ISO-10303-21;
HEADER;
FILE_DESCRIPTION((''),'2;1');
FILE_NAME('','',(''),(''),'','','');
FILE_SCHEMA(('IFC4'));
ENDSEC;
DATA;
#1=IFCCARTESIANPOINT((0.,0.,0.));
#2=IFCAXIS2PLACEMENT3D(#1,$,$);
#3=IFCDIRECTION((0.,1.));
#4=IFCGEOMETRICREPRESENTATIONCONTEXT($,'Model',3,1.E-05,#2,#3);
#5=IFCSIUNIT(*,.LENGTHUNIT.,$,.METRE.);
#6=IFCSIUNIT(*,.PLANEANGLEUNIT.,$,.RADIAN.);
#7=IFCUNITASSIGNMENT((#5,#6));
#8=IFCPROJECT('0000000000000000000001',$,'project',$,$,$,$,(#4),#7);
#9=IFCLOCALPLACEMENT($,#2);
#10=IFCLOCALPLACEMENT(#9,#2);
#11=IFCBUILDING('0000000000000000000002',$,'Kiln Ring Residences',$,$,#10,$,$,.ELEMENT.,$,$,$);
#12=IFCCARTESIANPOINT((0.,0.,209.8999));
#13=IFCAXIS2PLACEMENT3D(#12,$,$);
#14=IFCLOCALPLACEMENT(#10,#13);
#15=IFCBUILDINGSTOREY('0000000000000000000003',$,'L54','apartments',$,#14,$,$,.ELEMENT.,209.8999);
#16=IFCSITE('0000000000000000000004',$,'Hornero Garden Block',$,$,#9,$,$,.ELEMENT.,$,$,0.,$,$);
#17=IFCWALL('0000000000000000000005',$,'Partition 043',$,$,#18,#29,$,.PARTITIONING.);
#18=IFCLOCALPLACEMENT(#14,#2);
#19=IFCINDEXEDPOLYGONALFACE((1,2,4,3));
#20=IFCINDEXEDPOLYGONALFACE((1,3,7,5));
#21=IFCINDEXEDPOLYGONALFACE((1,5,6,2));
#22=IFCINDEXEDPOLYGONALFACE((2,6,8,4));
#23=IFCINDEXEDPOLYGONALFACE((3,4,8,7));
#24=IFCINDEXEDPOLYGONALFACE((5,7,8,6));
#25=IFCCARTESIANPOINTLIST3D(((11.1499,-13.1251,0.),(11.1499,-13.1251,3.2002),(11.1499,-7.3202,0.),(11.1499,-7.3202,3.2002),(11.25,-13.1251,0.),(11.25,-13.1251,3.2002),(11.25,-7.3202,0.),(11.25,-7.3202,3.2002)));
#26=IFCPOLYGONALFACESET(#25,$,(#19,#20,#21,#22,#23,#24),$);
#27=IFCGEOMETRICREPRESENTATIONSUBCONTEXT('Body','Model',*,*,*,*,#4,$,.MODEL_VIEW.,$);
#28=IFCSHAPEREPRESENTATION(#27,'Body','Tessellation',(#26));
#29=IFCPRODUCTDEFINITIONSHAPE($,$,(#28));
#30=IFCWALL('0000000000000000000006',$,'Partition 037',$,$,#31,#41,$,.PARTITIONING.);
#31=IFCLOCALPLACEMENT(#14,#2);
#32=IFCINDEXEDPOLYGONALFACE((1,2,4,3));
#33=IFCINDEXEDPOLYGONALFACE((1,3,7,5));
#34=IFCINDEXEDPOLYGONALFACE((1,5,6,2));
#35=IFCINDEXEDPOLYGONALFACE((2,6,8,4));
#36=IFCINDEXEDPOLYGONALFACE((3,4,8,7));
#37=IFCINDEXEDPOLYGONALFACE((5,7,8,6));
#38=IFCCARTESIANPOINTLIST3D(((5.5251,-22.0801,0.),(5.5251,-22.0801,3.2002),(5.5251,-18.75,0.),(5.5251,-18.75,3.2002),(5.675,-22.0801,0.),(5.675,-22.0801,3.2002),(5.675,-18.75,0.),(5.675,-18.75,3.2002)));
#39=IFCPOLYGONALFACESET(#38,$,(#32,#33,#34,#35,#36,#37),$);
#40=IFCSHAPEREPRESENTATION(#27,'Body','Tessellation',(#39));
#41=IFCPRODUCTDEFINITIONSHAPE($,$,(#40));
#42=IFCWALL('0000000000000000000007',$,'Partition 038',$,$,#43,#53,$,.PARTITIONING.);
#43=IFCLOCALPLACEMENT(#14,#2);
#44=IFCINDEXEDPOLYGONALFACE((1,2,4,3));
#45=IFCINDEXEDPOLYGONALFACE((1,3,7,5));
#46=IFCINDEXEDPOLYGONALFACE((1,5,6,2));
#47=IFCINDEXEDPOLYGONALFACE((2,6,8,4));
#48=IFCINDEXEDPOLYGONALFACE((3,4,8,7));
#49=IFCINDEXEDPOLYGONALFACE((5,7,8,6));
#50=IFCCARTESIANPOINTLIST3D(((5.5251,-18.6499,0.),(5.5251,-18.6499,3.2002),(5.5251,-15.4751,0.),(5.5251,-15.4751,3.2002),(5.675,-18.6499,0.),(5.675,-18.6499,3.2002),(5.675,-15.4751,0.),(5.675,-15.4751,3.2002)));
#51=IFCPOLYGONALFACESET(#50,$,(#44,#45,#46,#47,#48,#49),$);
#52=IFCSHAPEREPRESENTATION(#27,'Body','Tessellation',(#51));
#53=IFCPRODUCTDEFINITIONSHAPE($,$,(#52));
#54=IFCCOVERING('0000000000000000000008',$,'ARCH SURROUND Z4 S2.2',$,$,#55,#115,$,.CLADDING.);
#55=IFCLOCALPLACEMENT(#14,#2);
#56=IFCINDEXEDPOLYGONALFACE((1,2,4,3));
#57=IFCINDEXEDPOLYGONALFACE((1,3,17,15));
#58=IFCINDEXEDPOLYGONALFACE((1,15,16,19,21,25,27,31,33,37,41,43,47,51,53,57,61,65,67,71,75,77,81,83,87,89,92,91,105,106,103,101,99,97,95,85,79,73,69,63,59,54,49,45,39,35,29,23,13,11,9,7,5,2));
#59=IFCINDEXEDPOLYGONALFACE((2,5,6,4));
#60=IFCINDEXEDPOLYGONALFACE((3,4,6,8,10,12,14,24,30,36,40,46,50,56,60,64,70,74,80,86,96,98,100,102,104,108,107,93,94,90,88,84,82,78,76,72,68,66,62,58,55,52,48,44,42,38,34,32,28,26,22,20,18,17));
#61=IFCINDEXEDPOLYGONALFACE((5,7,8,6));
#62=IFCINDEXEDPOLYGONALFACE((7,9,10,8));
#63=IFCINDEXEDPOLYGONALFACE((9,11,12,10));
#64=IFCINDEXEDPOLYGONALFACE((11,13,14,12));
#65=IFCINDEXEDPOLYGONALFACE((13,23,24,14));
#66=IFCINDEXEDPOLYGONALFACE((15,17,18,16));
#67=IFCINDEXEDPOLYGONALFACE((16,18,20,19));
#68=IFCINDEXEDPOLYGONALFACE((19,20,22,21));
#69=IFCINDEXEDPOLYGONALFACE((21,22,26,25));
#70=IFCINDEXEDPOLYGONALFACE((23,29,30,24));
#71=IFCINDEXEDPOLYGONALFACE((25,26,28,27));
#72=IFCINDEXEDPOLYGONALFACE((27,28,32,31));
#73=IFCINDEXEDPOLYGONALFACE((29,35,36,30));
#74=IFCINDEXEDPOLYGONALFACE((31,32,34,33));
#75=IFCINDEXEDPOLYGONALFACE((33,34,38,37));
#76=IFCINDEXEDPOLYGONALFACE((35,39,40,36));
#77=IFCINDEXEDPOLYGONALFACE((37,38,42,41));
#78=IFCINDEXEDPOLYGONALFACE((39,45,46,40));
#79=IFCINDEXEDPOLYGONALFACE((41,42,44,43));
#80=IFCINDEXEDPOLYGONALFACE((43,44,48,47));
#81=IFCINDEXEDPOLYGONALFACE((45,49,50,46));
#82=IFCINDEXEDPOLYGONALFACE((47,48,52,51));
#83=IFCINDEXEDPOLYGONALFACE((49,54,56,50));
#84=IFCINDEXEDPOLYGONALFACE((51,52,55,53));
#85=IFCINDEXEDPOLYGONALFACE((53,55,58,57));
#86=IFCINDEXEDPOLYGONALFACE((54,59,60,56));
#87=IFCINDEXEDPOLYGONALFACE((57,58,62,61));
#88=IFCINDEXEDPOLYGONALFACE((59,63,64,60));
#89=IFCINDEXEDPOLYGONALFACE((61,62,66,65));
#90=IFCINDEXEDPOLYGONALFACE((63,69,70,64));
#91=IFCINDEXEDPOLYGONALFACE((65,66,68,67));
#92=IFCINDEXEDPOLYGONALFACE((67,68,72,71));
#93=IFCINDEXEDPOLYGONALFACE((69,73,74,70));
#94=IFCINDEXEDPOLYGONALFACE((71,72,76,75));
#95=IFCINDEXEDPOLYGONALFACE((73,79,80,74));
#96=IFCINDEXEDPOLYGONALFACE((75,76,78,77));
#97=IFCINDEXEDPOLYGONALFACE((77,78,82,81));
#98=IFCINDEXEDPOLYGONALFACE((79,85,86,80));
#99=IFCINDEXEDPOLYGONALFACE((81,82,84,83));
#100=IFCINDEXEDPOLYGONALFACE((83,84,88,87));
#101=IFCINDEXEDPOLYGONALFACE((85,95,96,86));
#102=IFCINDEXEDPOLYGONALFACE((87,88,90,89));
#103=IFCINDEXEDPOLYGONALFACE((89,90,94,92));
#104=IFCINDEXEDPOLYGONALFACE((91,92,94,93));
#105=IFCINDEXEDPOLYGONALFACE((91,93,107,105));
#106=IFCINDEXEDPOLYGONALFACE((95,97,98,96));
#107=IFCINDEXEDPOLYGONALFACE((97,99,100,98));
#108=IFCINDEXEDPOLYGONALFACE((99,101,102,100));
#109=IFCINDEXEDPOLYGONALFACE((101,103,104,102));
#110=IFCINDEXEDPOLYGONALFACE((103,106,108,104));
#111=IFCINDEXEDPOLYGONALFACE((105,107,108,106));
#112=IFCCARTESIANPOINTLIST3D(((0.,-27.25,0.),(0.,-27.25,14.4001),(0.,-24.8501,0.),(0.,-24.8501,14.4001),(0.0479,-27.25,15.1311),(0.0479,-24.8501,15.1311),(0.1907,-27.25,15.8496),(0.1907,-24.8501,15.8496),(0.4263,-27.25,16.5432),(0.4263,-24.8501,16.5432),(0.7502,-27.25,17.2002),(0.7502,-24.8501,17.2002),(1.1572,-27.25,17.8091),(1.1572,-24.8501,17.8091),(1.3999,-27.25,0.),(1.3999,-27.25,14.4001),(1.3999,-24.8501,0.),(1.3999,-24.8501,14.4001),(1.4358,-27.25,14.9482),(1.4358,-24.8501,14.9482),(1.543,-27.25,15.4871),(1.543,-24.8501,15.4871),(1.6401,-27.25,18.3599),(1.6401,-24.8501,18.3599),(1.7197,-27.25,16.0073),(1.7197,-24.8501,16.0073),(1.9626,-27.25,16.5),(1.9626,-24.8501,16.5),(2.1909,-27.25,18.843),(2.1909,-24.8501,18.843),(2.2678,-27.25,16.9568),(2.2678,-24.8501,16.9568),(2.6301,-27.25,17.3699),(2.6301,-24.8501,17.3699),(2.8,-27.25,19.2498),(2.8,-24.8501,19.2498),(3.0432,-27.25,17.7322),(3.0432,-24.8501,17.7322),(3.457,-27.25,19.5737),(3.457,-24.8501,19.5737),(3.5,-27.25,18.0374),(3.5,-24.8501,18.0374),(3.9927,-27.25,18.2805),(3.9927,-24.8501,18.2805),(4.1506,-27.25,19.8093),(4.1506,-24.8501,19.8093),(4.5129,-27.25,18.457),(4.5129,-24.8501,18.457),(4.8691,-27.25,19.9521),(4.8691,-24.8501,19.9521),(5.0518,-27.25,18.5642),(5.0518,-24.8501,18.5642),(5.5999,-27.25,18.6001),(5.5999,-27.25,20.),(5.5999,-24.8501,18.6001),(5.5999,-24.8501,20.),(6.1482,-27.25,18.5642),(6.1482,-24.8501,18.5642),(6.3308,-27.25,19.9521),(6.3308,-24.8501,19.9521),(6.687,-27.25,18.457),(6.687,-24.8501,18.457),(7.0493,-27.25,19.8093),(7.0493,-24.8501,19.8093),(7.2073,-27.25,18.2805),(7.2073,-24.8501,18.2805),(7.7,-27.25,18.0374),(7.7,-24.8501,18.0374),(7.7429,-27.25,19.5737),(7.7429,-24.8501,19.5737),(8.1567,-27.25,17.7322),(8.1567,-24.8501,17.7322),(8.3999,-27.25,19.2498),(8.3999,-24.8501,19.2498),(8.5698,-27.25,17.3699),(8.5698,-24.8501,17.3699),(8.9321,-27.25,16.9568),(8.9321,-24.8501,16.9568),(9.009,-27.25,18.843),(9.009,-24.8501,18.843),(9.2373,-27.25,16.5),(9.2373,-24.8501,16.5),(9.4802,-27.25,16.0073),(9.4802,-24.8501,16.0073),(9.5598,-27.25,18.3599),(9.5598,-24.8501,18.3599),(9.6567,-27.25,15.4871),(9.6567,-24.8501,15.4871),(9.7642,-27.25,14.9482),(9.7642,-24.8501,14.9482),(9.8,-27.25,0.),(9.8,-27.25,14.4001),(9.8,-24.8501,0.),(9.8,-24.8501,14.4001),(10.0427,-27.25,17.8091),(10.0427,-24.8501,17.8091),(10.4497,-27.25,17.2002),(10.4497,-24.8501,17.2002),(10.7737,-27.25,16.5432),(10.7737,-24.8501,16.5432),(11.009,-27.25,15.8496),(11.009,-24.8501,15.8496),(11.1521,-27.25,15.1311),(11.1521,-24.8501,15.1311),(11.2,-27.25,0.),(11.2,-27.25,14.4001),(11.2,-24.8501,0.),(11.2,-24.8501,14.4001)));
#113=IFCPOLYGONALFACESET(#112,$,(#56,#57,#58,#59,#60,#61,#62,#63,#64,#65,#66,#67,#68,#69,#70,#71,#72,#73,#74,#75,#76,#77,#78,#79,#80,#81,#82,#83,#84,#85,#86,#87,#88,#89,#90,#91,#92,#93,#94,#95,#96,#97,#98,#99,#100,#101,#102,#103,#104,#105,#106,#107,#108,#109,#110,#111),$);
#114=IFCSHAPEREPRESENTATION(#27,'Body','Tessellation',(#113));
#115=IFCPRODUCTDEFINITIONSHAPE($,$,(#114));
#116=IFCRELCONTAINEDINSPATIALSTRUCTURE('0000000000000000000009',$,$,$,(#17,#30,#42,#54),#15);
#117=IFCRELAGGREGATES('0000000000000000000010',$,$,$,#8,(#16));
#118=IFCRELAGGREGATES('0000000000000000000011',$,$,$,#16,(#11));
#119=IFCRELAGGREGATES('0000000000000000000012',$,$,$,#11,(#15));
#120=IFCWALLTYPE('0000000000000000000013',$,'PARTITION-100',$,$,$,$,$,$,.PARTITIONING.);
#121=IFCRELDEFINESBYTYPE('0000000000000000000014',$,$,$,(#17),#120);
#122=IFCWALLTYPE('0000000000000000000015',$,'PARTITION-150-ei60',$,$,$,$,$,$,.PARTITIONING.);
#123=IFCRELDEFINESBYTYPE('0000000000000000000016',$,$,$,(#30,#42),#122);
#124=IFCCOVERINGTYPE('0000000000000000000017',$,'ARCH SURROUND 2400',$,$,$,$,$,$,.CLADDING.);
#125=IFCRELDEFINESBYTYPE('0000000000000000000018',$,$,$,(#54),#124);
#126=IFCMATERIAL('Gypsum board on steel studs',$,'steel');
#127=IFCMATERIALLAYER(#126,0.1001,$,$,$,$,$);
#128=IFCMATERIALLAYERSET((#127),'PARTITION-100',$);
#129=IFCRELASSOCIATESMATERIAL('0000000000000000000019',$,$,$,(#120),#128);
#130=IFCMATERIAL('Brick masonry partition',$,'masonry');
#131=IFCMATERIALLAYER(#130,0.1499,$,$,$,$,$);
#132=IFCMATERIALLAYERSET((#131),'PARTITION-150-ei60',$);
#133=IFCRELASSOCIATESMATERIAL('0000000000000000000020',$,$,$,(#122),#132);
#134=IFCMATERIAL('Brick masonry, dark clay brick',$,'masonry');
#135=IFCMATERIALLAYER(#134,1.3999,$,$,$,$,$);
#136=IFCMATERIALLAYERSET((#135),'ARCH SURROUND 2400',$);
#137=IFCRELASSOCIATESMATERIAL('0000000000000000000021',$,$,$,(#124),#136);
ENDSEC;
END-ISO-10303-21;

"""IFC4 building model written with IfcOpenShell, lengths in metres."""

from ifc_helpers import new_model, si_unit, direction, frame, frame_2d, origin, place, context, subcontext, project, spatial, polyline, rectangle, outline, extrude, material, layer, layer_set, type_object, element, save


model = new_model("IFC4")

# Units and contexts
model_context = context("Model", 3, precision=1e-05, world=origin(), true_north=direction((0.0, 1.0)))
body_context = subcontext(model_context, "Body", "Model", "MODEL_VIEW")
ifc_project = project(units=[si_unit("LENGTHUNIT", "METRE"), si_unit("PLANEANGLEUNIT", "RADIAN")], contexts=[model_context])

# Site, building, storey
site_placement = place(None, origin())
site = spatial("IfcSite", under=ifc_project, at=site_placement, Name="Hornero Garden Block", CompositionType="ELEMENT", RefElevation=0.0)
building_placement = place(site_placement, origin())
building = spatial("IfcBuilding", under=site, at=building_placement, Name="Kiln Ring Residences", CompositionType="ELEMENT")
storey_placement = place(building_placement, frame((0.0, 0.0, 209.8999)))
storey = spatial("IfcBuildingStorey", under=building, at=storey_placement, Name="L54", Description="apartments", CompositionType="ELEMENT", Elevation=209.8999)

# Shared definitions
ifc_material_1 = material(Name="Gypsum board on steel studs", Category="steel")
ifc_layer_1 = layer(ifc_material_1, 0.1001)
ifc_layer_set_1 = layer_set([ifc_layer_1], Name="PARTITION-100")
wall_type_1 = type_object("IfcWallType", Name="PARTITION-100", PredefinedType="PARTITIONING", material=ifc_layer_set_1)

# Walls
wall_1_placement = place(storey_placement, frame((11.2, -13.125, 0.0), z_axis=(0.0, 0.0, 1.0), x_axis=(0.0, 1.0, 0.0)))
element("IfcWall", 1, at=wall_1_placement, inside=storey, type_object=wall_type_1, Name="Partition 043", PredefinedType="PARTITIONING", context=body_context, shape_type="SweptSolid", body=[
    extrude(rectangle(XDim=5.8049, YDim=0.1001, at=frame_2d((2.9023, 0.0))), origin(), (0.0, 0.0, 1.0), 3.2002),
])
ifc_material_2 = material(Name="Brick masonry partition", Category="masonry")
ifc_layer_2 = layer(ifc_material_2, 0.1499)
ifc_layer_set_2 = layer_set([ifc_layer_2], Name="PARTITION-150-ei60")
wall_type_2 = type_object("IfcWallType", Name="PARTITION-150-ei60", PredefinedType="PARTITIONING", material=ifc_layer_set_2)
wall_2_placement = place(storey_placement, frame((5.6001, -22.0801, 0.0), z_axis=(0.0, 0.0, 1.0), x_axis=(0.0, 1.0, 0.0)))
element("IfcWall", 2, at=wall_2_placement, inside=storey, type_object=wall_type_2, Name="Partition 037", PredefinedType="PARTITIONING", context=body_context, shape_type="SweptSolid", body=[
    extrude(rectangle(XDim=3.3301, YDim=0.1499, at=frame_2d((1.665, 0.0))), origin(), (0.0, 0.0, 1.0), 3.2002),
])
wall_3_placement = place(storey_placement, frame((5.6001, -18.6499, 0.0), z_axis=(0.0, 0.0, 1.0), x_axis=(0.0, 1.0, 0.0)))
element("IfcWall", 3, at=wall_3_placement, inside=storey, type_object=wall_type_2, Name="Partition 038", PredefinedType="PARTITIONING", context=body_context, shape_type="SweptSolid", body=[
    extrude(rectangle(XDim=3.1748, YDim=0.1499, at=frame_2d((1.5874, 0.0))), origin(), (0.0, 0.0, 1.0), 3.2002),
])

# Covering
ifc_material_3 = material(Name="Brick masonry, dark clay brick", Category="masonry")
ifc_layer_3 = layer(ifc_material_3, 1.3999)
ifc_layer_set_3 = layer_set([ifc_layer_3], Name="ARCH SURROUND 2400")
covering_type = type_object("IfcCoveringType", Name="ARCH SURROUND 2400", PredefinedType="CLADDING", material=ifc_layer_set_3)
covering_placement = place(storey_placement, frame((11.2, -26.05, 0.0), z_axis=(0.0, 0.0, 1.0), x_axis=(-1.0, 0.0, 0.0)))
element("IfcCovering", 4, at=covering_placement, inside=storey, type_object=covering_type, Name="ARCH SURROUND Z4 S2.2", PredefinedType="CLADDING", context=body_context, shape_type="SweptSolid", body=[
    extrude(outline(polyline([(11.2, 0.0), (11.2, 14.4001), (11.1521, 15.1311), (11.0093, 15.8496), (10.7737, 16.5432), (10.4497, 17.2002), (10.0427, 17.8091), (9.5598, 18.3599), (9.009, 18.843), (8.3999, 19.2498), (7.7429, 19.5737), (7.0493, 19.8093), (6.3308, 19.9521), (5.6001, 20.0), (4.8691, 19.9521), (4.1506, 19.8093), (3.457, 19.5737), (2.8, 19.2498), (2.1909, 18.843), (1.6401, 18.3599), (1.1572, 17.8091), (0.7502, 17.2002), (0.4263, 16.5432), (0.1909, 15.8496), (0.0479, 15.1311), (0.0, 14.4001), (0.0, 0.0), (1.3999, 0.0), (1.3999, 14.4001), (1.4358, 14.9482), (1.5432, 15.4871), (1.7197, 16.0073), (1.9626, 16.5), (2.2678, 16.9568), (2.6301, 17.3699), (3.0432, 17.7322), (3.5, 18.0374), (3.9927, 18.2805), (4.5129, 18.457), (5.0518, 18.5642), (5.6001, 18.6001), (6.1482, 18.5642), (6.687, 18.457), (7.2073, 18.2805), (7.7, 18.0374), (8.1567, 17.7322), (8.5698, 17.3699), (8.9321, 16.9568), (9.2373, 16.5), (9.4802, 16.0073), (9.657, 15.4871), (9.7642, 14.9482), (9.8, 14.4001), (9.8, 0.0), (11.2, 0.0)])), frame((0.0, 1.2, 0.0), z_axis=(0.0, -1.0, 0.0), x_axis=(1.0, 0.0, 0.0)), (0.0, 0.0, 1.0), 2.3999),
])

save(model, "model.ifc")
